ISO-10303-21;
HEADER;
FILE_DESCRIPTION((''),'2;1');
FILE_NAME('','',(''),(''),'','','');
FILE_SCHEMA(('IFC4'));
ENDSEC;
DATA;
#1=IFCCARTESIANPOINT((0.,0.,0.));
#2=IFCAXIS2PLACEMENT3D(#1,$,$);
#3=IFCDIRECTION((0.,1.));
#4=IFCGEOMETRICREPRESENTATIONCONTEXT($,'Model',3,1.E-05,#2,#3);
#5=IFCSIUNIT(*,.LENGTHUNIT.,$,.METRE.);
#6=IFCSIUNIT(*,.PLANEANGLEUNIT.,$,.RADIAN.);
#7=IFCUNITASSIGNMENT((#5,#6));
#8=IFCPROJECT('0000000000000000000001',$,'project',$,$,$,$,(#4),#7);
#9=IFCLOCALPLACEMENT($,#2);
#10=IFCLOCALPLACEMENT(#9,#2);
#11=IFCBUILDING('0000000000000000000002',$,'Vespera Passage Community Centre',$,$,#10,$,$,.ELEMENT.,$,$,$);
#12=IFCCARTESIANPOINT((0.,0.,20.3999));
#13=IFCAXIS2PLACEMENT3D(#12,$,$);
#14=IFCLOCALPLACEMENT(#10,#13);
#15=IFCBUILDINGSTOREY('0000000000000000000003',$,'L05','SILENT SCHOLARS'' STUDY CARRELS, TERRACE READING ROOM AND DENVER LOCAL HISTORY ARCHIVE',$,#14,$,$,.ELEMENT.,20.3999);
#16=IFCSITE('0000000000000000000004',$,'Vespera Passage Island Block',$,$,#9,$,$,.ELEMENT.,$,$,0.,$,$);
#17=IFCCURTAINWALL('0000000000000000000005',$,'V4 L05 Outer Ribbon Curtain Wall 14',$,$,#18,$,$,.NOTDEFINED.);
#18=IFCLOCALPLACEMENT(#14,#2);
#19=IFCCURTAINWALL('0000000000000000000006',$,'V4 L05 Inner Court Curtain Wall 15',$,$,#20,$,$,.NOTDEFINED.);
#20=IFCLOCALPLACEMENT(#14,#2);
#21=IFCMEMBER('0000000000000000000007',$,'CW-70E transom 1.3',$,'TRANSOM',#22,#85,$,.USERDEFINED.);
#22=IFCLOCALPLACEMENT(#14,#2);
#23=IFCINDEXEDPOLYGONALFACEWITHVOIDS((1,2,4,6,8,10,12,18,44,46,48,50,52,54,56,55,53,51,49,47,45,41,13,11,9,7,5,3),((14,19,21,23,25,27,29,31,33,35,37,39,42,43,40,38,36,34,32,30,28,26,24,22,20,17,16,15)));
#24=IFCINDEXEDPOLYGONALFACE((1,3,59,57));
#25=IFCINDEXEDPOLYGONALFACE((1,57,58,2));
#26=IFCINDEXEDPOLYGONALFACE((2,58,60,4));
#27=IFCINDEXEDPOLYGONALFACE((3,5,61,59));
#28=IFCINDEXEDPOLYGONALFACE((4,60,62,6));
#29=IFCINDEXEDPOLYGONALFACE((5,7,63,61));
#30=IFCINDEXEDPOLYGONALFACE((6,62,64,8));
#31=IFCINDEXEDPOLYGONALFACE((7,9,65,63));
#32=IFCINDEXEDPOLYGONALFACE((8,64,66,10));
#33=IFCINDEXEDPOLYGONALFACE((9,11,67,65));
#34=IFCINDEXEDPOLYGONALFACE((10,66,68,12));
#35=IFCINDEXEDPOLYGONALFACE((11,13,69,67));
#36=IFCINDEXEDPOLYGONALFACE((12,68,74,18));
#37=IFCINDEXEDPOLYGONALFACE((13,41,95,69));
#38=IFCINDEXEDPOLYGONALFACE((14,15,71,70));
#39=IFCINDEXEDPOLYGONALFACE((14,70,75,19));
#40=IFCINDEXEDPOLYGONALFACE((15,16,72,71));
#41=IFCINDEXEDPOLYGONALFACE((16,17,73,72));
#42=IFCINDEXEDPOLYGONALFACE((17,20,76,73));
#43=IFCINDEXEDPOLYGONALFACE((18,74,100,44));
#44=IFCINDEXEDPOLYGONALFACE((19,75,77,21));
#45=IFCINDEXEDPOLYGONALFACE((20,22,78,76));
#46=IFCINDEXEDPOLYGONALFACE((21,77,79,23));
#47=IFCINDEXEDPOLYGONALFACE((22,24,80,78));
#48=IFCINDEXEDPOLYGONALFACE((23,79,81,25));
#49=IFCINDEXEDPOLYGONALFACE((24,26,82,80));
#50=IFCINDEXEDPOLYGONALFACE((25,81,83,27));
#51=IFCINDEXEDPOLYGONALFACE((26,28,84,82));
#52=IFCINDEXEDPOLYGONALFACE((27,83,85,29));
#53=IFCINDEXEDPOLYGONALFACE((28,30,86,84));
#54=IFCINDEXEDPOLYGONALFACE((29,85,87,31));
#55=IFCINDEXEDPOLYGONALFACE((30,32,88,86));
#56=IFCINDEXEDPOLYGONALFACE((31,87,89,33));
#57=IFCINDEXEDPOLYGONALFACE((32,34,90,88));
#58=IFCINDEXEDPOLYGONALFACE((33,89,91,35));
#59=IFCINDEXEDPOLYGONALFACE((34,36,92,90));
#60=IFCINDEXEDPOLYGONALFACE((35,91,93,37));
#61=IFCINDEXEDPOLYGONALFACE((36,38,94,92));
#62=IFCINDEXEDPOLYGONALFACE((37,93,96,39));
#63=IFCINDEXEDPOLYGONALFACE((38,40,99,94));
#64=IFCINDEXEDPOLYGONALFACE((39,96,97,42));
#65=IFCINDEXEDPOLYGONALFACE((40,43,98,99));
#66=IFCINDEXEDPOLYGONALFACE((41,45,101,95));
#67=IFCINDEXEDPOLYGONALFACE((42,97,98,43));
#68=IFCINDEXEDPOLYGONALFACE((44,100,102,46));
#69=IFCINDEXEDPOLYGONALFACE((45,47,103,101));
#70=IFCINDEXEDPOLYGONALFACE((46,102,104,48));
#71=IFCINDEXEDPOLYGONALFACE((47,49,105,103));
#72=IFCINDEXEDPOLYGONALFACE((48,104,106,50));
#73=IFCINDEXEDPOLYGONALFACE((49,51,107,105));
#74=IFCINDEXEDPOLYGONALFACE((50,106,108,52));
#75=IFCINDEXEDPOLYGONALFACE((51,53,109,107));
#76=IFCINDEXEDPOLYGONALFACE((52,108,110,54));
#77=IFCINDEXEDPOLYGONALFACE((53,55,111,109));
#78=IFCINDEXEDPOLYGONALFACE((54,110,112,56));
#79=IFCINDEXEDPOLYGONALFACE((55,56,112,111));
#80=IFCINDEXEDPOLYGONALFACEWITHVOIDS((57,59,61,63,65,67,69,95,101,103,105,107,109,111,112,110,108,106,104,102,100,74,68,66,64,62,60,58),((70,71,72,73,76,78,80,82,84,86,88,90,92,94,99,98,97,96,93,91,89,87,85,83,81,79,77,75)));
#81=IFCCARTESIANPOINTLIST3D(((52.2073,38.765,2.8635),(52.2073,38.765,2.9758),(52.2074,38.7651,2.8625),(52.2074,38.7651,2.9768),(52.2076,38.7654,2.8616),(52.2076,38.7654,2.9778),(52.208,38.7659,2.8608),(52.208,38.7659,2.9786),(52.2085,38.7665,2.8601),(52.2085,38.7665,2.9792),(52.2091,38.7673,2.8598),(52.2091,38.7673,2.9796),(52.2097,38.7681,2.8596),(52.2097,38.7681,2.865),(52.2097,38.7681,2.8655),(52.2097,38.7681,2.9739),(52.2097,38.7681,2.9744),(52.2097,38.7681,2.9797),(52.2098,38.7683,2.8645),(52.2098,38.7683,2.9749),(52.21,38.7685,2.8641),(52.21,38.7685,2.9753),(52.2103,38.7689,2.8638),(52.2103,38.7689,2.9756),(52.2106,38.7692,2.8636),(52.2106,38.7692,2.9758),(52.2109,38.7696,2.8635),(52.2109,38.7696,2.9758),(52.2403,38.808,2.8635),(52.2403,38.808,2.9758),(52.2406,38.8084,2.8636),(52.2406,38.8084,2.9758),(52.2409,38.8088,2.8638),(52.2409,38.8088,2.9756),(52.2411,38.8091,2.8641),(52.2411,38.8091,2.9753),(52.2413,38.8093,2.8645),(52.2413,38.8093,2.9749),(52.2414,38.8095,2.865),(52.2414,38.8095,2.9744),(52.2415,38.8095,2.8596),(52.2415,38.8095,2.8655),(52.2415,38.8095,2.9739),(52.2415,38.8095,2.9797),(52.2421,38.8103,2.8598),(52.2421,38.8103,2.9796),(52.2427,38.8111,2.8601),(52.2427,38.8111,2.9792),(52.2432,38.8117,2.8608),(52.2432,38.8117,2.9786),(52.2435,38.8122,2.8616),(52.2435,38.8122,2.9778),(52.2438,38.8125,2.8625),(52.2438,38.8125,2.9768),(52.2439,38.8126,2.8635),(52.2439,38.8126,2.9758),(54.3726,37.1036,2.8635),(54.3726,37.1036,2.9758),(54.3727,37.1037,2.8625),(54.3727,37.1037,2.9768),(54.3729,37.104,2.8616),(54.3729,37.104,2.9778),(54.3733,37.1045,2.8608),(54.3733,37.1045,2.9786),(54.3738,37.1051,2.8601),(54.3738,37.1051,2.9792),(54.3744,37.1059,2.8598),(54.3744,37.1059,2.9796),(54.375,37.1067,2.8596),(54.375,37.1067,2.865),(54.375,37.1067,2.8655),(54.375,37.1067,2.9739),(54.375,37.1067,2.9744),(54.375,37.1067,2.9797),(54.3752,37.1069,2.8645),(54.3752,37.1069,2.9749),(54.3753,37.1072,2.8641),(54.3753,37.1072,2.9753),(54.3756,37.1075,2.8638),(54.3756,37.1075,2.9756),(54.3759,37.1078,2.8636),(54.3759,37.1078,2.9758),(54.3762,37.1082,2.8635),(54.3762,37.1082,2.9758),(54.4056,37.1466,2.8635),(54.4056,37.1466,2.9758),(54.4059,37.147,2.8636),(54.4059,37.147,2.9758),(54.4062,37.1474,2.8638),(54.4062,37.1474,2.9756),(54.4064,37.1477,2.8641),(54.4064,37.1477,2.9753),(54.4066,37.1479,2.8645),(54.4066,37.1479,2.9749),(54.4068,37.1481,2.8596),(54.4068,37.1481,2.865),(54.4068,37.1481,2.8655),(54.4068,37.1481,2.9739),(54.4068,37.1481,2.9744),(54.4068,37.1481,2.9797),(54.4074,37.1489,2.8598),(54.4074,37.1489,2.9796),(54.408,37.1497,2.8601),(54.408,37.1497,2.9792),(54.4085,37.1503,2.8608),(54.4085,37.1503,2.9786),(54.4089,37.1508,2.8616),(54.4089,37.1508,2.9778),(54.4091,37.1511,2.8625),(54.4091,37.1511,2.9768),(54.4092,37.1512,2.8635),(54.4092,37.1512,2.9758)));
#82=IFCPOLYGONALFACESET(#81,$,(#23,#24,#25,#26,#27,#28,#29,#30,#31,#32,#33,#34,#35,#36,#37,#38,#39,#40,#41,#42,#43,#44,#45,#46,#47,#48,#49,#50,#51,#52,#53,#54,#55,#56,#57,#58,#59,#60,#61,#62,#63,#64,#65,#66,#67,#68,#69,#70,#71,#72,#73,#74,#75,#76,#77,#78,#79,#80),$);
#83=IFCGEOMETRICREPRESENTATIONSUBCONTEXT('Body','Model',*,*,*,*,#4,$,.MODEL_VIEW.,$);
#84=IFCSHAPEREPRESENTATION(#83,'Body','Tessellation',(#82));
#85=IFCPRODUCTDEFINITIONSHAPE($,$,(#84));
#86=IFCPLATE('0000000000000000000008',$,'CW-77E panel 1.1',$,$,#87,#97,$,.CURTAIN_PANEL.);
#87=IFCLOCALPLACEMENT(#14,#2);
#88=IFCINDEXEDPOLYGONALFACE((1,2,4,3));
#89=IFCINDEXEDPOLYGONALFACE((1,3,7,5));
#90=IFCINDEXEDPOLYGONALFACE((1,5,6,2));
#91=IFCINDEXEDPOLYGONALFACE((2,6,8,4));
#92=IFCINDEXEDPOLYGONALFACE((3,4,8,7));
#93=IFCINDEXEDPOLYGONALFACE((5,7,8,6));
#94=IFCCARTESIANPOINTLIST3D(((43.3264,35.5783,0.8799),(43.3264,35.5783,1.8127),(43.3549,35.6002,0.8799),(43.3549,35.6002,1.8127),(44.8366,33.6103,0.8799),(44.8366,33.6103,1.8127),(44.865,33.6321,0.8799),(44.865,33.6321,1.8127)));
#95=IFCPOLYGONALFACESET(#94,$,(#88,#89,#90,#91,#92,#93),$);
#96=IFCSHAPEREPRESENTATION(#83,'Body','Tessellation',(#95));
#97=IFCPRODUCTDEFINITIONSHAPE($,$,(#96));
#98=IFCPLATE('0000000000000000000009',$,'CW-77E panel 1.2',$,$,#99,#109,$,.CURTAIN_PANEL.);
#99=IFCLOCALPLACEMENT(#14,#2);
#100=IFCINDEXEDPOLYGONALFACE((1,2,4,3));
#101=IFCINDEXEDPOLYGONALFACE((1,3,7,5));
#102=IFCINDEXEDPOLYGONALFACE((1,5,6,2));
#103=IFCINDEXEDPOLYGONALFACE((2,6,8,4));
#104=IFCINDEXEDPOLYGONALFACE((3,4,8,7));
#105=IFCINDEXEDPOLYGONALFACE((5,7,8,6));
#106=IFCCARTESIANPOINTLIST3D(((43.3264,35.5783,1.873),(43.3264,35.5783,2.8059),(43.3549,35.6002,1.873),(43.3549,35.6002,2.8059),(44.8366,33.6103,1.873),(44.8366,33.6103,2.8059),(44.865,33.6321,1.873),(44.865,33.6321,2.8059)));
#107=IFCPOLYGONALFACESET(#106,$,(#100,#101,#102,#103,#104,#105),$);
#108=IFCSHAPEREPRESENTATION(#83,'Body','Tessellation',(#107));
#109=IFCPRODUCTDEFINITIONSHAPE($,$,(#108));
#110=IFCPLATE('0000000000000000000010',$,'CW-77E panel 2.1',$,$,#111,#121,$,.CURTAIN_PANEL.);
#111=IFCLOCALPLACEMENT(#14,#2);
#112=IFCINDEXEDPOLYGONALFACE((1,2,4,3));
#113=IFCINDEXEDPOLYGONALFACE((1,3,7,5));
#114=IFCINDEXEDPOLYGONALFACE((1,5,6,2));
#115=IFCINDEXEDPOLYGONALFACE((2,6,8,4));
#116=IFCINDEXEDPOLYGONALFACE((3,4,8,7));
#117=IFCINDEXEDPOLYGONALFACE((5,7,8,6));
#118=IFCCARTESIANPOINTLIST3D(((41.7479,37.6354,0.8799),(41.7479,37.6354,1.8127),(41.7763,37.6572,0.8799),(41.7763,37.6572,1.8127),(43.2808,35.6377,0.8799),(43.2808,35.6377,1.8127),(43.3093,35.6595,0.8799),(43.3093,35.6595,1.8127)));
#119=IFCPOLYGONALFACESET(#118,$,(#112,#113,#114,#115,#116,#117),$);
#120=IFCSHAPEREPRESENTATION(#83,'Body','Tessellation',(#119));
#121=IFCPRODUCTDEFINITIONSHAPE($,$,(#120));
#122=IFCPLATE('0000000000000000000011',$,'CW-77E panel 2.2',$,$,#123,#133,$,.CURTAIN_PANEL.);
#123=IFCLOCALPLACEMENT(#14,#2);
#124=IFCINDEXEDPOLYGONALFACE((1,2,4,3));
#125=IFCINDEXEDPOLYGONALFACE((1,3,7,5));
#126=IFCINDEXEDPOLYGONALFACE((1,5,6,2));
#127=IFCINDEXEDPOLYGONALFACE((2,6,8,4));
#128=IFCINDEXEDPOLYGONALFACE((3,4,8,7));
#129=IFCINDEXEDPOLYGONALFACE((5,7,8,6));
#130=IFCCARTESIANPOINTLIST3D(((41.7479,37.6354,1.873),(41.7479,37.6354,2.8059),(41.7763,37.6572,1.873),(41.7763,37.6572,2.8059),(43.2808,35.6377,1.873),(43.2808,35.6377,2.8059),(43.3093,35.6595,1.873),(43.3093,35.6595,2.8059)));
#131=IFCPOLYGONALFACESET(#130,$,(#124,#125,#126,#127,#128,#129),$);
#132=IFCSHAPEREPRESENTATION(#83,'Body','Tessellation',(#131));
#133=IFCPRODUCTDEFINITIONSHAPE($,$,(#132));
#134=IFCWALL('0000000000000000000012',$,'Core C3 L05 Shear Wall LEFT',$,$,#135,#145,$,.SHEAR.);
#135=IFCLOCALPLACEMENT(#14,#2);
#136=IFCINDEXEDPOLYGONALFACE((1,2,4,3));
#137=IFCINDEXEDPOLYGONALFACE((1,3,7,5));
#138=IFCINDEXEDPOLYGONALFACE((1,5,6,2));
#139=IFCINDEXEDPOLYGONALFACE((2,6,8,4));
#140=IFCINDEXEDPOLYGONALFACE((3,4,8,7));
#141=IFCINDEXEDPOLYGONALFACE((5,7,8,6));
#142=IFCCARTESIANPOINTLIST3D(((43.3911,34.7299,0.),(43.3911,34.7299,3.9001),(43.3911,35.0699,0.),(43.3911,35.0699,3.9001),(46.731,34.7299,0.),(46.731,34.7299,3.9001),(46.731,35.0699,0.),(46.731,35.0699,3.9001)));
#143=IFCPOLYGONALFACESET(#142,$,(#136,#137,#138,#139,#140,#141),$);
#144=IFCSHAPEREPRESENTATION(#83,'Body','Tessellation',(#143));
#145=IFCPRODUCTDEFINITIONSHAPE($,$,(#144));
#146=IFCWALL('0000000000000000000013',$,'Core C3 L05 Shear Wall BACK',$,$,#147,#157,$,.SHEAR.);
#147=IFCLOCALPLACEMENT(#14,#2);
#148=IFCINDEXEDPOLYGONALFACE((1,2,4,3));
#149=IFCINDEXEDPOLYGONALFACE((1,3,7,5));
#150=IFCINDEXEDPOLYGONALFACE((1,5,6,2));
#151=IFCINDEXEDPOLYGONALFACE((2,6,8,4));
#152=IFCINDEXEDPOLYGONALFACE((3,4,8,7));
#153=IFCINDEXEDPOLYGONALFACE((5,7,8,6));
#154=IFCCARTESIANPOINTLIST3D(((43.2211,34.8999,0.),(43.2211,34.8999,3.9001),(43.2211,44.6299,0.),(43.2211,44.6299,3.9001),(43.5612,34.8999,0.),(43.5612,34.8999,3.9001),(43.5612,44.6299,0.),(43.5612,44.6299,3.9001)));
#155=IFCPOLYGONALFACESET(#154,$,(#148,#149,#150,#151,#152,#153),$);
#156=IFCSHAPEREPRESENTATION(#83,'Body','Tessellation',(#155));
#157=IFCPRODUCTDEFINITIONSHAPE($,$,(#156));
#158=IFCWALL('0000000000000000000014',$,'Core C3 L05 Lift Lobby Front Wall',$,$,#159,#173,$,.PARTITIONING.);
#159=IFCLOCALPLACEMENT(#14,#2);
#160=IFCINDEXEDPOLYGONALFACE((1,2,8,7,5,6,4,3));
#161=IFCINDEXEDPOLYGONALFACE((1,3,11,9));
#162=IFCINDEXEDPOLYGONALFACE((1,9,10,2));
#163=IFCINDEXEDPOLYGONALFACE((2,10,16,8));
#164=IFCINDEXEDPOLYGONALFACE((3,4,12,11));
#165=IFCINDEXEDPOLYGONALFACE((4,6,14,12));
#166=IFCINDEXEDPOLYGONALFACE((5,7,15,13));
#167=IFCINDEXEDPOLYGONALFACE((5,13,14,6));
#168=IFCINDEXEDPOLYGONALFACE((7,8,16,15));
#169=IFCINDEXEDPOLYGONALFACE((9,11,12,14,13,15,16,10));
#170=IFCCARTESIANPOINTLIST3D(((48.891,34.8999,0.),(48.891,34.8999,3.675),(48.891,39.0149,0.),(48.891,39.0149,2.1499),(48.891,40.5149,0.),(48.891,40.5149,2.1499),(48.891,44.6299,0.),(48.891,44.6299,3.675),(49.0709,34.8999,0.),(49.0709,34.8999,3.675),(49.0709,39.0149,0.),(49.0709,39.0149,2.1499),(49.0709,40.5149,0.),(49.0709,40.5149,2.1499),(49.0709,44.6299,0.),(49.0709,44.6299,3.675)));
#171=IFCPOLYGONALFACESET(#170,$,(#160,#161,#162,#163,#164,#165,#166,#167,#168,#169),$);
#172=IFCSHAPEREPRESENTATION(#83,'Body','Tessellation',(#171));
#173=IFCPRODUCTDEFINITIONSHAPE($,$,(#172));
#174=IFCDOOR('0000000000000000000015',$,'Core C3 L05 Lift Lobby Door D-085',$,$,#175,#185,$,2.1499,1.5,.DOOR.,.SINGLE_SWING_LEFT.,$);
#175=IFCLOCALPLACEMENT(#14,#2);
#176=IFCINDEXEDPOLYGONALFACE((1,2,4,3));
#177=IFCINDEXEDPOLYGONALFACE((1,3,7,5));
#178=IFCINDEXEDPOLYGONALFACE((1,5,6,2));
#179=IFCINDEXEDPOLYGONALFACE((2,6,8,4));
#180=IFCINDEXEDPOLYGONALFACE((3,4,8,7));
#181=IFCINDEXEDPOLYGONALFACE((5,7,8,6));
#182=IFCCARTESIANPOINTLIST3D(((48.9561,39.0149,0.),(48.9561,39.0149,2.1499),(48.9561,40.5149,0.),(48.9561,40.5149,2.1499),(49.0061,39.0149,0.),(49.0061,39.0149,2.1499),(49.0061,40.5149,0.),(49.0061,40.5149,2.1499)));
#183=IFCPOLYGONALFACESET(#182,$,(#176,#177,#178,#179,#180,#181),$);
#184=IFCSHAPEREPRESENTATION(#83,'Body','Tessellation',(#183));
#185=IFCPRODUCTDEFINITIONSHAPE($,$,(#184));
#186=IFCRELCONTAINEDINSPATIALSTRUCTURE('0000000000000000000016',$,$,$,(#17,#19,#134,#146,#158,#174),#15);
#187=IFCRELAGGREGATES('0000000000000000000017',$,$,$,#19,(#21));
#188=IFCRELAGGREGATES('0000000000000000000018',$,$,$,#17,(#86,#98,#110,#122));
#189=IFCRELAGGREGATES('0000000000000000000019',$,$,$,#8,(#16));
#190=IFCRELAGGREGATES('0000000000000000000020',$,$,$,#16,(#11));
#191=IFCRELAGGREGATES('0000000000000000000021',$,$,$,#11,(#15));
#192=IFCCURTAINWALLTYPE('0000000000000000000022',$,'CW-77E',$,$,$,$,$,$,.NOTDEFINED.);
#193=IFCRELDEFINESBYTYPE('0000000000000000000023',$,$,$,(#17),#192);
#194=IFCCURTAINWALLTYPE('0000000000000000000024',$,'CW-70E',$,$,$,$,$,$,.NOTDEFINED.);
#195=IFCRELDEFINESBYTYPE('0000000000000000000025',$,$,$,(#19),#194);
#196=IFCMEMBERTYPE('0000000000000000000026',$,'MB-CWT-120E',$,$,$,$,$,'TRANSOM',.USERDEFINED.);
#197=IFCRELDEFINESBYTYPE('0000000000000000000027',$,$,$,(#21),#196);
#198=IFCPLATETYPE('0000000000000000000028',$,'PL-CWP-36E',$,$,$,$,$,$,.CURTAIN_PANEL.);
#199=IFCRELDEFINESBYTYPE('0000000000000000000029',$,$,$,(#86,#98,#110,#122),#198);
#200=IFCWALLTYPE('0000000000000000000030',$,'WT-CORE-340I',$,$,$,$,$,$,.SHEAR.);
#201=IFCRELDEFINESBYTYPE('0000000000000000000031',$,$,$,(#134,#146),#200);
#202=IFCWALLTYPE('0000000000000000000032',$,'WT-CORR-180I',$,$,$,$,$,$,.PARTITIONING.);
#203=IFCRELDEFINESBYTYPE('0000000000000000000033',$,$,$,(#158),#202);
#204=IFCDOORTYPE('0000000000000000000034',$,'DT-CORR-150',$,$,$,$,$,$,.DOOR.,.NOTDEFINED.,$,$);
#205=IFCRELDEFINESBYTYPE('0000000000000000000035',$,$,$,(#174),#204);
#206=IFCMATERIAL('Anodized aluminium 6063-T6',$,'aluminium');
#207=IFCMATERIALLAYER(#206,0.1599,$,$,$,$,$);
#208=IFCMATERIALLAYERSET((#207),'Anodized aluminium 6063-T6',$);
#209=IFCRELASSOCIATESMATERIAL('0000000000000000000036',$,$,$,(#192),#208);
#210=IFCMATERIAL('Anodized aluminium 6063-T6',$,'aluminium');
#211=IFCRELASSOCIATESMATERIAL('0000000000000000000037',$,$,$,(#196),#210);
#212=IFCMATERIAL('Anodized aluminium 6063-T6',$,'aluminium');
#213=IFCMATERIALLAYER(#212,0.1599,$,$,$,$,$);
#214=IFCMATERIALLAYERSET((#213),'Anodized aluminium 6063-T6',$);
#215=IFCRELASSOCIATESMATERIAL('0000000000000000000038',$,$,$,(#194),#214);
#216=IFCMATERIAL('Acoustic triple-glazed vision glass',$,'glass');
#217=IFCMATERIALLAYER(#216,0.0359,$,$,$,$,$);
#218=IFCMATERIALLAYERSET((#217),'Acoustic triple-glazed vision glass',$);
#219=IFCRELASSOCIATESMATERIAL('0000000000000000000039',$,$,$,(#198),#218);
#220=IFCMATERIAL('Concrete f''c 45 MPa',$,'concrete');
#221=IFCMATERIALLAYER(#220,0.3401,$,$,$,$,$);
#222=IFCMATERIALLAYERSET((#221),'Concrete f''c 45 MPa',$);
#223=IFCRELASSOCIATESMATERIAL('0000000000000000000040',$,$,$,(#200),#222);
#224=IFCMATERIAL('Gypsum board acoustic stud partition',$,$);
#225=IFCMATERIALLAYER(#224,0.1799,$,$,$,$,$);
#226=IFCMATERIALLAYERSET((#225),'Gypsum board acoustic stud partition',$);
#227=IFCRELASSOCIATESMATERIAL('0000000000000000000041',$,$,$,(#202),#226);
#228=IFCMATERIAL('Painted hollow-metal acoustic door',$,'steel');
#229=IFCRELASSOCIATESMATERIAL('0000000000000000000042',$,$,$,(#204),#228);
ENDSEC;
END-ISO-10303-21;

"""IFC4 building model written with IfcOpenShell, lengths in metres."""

from ifc_helpers import new_model, si_unit, direction, frame, frame_2d, origin, origin_2d, place, context, subcontext, project, spatial, rectangle, hollow_rectangle, extrude, material, layer, layer_set, material_profile, profile_set, type_object, element, fill, aggregate, save


model = new_model("IFC4")

# Units and contexts
model_context = context("Model", 3, precision=1e-05, world=origin(), true_north=direction((0.0, 1.0)))
body_context = subcontext(model_context, "Body", "Model", "MODEL_VIEW")
ifc_project = project(units=[si_unit("LENGTHUNIT", "METRE"), si_unit("PLANEANGLEUNIT", "RADIAN")], contexts=[model_context])

# Site, building, storey
site_placement = place(None, origin())
site = spatial("IfcSite", under=ifc_project, at=site_placement, Name="Vespera Passage Island Block", CompositionType="ELEMENT", RefElevation=0.0)
building_placement = place(site_placement, origin())
building = spatial("IfcBuilding", under=site, at=building_placement, Name="Vespera Passage Community Centre", CompositionType="ELEMENT")
storey_placement = place(building_placement, frame((0.0, 0.0, 20.3999)))
storey = spatial("IfcBuildingStorey", under=building, at=storey_placement, Name="L05", Description="SILENT SCHOLARS' STUDY CARRELS, TERRACE READING ROOM AND DENVER LOCAL HISTORY ARCHIVE", CompositionType="ELEMENT", Elevation=20.3999)

# Curtain walls, member
ifc_material_1 = material(Name="Anodized aluminium 6063-T6", Category="aluminium")
ifc_layer_1 = layer(ifc_material_1, 0.1599)
ifc_layer_set_1 = layer_set([ifc_layer_1], Name="Anodized aluminium 6063-T6")
curtain_wall_type_1 = type_object("IfcCurtainWallType", Name="CW-77E", PredefinedType="NOTDEFINED", material=ifc_layer_set_1)
curtain_wall_1_placement = place(storey_placement, origin())
curtain_wall_1 = element("IfcCurtainWall", 1, at=curtain_wall_1_placement, inside=storey, type_object=curtain_wall_type_1, Name="V4 L05 Outer Ribbon Curtain Wall 14", PredefinedType="NOTDEFINED")
ifc_material_2 = material(Name="Anodized aluminium 6063-T6", Category="aluminium")
ifc_material_profile_1 = material_profile(ifc_material_2, hollow_rectangle(XDim=0.0601, YDim=0.1201, WallThickness=0.0039, InnerFilletRadius=0.002, OuterFilletRadius=0.0039, at=origin_2d()), Name="ALU120X60X4")
ifc_profile_set_1 = profile_set([ifc_material_profile_1], Name="Anodized aluminium 6063-T6")
member_type_1 = type_object("IfcMemberType", Name="MB-CWT-120E", ElementType="TRANSOM", PredefinedType="USERDEFINED", material=ifc_profile_set_1)
ifc_material_3 = material(Name="Anodized aluminium 6063-T6", Category="aluminium")
ifc_layer_2 = layer(ifc_material_3, 0.1599)
ifc_layer_set_2 = layer_set([ifc_layer_2], Name="Anodized aluminium 6063-T6")
curtain_wall_type_2 = type_object("IfcCurtainWallType", Name="CW-70E", PredefinedType="NOTDEFINED", material=ifc_layer_set_2)
curtain_wall_2_placement = place(storey_placement, origin())
curtain_wall_2 = element("IfcCurtainWall", 2, at=curtain_wall_2_placement, inside=storey, type_object=curtain_wall_type_2, Name="V4 L05 Inner Court Curtain Wall 15", PredefinedType="NOTDEFINED")
member_1_placement = place(storey_placement, frame((52.2256, 38.7888, 2.9197), z_axis=(0.793372, -0.608738, 0.0), x_axis=(0.608738, 0.793372, 0.0)))
member_1 = element("IfcMember", 3, at=member_1_placement, type_object=member_type_1, Name="CW-70E transom 1.3", ObjectType="TRANSOM", PredefinedType="USERDEFINED", context=body_context, shape_type="SweptSolid", body=[
    extrude(hollow_rectangle(XDim=0.0601, YDim=0.1201, WallThickness=0.0039, InnerFilletRadius=0.002, OuterFilletRadius=0.0039, at=origin_2d()), origin(), (0.0, 0.0, 1.0), 2.7292),
])
aggregate(curtain_wall_2, [member_1])

# Plates
ifc_material_4 = material(Name="Acoustic triple-glazed vision glass", Category="glass")
ifc_layer_3 = layer(ifc_material_4, 0.0359)
ifc_layer_set_3 = layer_set([ifc_layer_3], Name="Acoustic triple-glazed vision glass")
plate_type = type_object("IfcPlateType", Name="PL-CWP-36E", PredefinedType="CURTAIN_PANEL", material=ifc_layer_set_3)
plate_1_placement = place(storey_placement, frame((44.0957, 34.6052, 0.8799), z_axis=(0.0, 0.0, 1.0), x_axis=(-0.608765, 0.79335, 0.0)))
plate_1 = element("IfcPlate", 4, at=plate_1_placement, type_object=plate_type, Name="CW-77E panel 1.1", PredefinedType="CURTAIN_PANEL", context=body_context, shape_type="SweptSolid", body=[
    extrude(rectangle(XDim=2.4807, YDim=0.0359, at=origin_2d()), origin(), (0.0, 0.0, 1.0), 0.9329),
])
plate_2_placement = place(storey_placement, frame((44.0957, 34.6052, 1.873), z_axis=(0.0, 0.0, 1.0), x_axis=(-0.608765, 0.79335, 0.0)))
plate_2 = element("IfcPlate", 5, at=plate_2_placement, type_object=plate_type, Name="CW-77E panel 1.2", PredefinedType="CURTAIN_PANEL", context=body_context, shape_type="SweptSolid", body=[
    extrude(rectangle(XDim=2.4807, YDim=0.0359, at=origin_2d()), origin(), (0.0, 0.0, 1.0), 0.9329),
])
plate_3_placement = place(storey_placement, frame((42.5286, 36.6475, 0.8799), z_axis=(0.0, 0.0, 1.0), x_axis=(-0.608765, 0.79335, 0.0)))
plate_3 = element("IfcPlate", 6, at=plate_3_placement, type_object=plate_type, Name="CW-77E panel 2.1", PredefinedType="CURTAIN_PANEL", context=body_context, shape_type="SweptSolid", body=[
    extrude(rectangle(XDim=2.5181, YDim=0.0359, at=origin_2d()), origin(), (0.0, 0.0, 1.0), 0.9329),
])
plate_4_placement = place(storey_placement, frame((42.5286, 36.6475, 1.873), z_axis=(0.0, 0.0, 1.0), x_axis=(-0.608765, 0.79335, 0.0)))
plate_4 = element("IfcPlate", 7, at=plate_4_placement, type_object=plate_type, Name="CW-77E panel 2.2", PredefinedType="CURTAIN_PANEL", context=body_context, shape_type="SweptSolid", body=[
    extrude(rectangle(XDim=2.5181, YDim=0.0359, at=origin_2d()), origin(), (0.0, 0.0, 1.0), 0.9329),
])
aggregate(curtain_wall_1, [plate_1, plate_2, plate_3, plate_4])

# Walls
ifc_material_5 = material(Name="Concrete f'c 45 MPa", Category="concrete")
ifc_layer_4 = layer(ifc_material_5, 0.3401)
ifc_layer_set_4 = layer_set([ifc_layer_4], Name="Concrete f'c 45 MPa")
wall_type_1 = type_object("IfcWallType", Name="WT-CORE-340I", PredefinedType="SHEAR", material=ifc_layer_set_4)
wall_1_placement = place(storey_placement, frame((46.731, 34.8999, 0.0), z_axis=(0.0, 0.0, 1.0), x_axis=(-1.0, 0.0, 0.0)))
element("IfcWall", 8, at=wall_1_placement, inside=storey, type_object=wall_type_1, Name="Core C3 L05 Shear Wall LEFT", PredefinedType="SHEAR", context=body_context, shape_type="SweptSolid", body=[
    extrude(rectangle(XDim=3.3398, YDim=0.3401, at=frame_2d((1.6699, 0.0))), origin(), (0.0, 0.0, 1.0), 3.9001),
])
wall_2_placement = place(storey_placement, frame((43.3911, 34.8999, 0.0), z_axis=(0.0, 0.0, 1.0), x_axis=(0.0, 1.0, 0.0)))
element("IfcWall", 9, at=wall_2_placement, inside=storey, type_object=wall_type_1, Name="Core C3 L05 Shear Wall BACK", PredefinedType="SHEAR", context=body_context, shape_type="SweptSolid", body=[
    extrude(rectangle(XDim=9.73, YDim=0.3401, at=frame_2d((4.865, 0.0))), origin(), (0.0, 0.0, 1.0), 3.9001),
])

# Wall, opening, door
ifc_material_6 = material(Name="Gypsum board acoustic stud partition")
ifc_layer_5 = layer(ifc_material_6, 0.1799)
ifc_layer_set_5 = layer_set([ifc_layer_5], Name="Gypsum board acoustic stud partition")
wall_type_2 = type_object("IfcWallType", Name="WT-CORR-180I", PredefinedType="PARTITIONING", material=ifc_layer_set_5)
wall_3_placement = place(storey_placement, frame((48.981, 34.8999, 0.0), z_axis=(0.0, 0.0, 1.0), x_axis=(0.0, 1.0, 0.0)))
wall_3 = element("IfcWall", 10, at=wall_3_placement, inside=storey, type_object=wall_type_2, Name="Core C3 L05 Lift Lobby Front Wall", PredefinedType="PARTITIONING", context=body_context, shape_type="SweptSolid", body=[
    extrude(rectangle(XDim=9.73, YDim=0.1799, at=frame_2d((4.865, 0.0))), origin(), (0.0, 0.0, 1.0), 3.675),
])
opening_1_placement = place(wall_3_placement, frame((4.115, 0.0, 0.0)))
opening_1 = element("IfcOpeningElement", 11, at=opening_1_placement, cuts=wall_3, PredefinedType="OPENING", context=body_context, shape_type="SweptSolid", body=[
    extrude(rectangle(XDim=1.5, YDim=2.1499, at=frame_2d((0.75, 1.075))), frame((0.0, 0.0999, 0.0), z_axis=(0.0, -1.0, 0.0), x_axis=(1.0, 0.0, 0.0)), (0.0, 0.0, 1.0), 0.2),
])
ifc_material_7 = material(Name="Painted hollow-metal acoustic door", Category="steel")
door_type_1 = type_object("IfcDoorType", Name="DT-CORR-150", OperationType="NOTDEFINED", PredefinedType="DOOR", material=ifc_material_7)
door_1_placement = place(opening_1_placement, origin())
door_1 = element("IfcDoor", 12, at=door_1_placement, inside=storey, type_object=door_type_1, Name="Core C3 L05 Lift Lobby Door D-085", OperationType="SINGLE_SWING_LEFT", OverallHeight=2.1499, OverallWidth=1.5, PredefinedType="DOOR", context=body_context, shape_type="SweptSolid", body=[
    extrude(rectangle(XDim=1.5, YDim=2.1499, at=frame_2d((0.75, 1.075))), frame((0.0, 0.0249, 0.0), z_axis=(0.0, -1.0, 0.0), x_axis=(1.0, 0.0, 0.0)), (0.0, 0.0, 1.0), 0.05),
])
fill(opening_1, door_1)

save(model, "model.ifc")
